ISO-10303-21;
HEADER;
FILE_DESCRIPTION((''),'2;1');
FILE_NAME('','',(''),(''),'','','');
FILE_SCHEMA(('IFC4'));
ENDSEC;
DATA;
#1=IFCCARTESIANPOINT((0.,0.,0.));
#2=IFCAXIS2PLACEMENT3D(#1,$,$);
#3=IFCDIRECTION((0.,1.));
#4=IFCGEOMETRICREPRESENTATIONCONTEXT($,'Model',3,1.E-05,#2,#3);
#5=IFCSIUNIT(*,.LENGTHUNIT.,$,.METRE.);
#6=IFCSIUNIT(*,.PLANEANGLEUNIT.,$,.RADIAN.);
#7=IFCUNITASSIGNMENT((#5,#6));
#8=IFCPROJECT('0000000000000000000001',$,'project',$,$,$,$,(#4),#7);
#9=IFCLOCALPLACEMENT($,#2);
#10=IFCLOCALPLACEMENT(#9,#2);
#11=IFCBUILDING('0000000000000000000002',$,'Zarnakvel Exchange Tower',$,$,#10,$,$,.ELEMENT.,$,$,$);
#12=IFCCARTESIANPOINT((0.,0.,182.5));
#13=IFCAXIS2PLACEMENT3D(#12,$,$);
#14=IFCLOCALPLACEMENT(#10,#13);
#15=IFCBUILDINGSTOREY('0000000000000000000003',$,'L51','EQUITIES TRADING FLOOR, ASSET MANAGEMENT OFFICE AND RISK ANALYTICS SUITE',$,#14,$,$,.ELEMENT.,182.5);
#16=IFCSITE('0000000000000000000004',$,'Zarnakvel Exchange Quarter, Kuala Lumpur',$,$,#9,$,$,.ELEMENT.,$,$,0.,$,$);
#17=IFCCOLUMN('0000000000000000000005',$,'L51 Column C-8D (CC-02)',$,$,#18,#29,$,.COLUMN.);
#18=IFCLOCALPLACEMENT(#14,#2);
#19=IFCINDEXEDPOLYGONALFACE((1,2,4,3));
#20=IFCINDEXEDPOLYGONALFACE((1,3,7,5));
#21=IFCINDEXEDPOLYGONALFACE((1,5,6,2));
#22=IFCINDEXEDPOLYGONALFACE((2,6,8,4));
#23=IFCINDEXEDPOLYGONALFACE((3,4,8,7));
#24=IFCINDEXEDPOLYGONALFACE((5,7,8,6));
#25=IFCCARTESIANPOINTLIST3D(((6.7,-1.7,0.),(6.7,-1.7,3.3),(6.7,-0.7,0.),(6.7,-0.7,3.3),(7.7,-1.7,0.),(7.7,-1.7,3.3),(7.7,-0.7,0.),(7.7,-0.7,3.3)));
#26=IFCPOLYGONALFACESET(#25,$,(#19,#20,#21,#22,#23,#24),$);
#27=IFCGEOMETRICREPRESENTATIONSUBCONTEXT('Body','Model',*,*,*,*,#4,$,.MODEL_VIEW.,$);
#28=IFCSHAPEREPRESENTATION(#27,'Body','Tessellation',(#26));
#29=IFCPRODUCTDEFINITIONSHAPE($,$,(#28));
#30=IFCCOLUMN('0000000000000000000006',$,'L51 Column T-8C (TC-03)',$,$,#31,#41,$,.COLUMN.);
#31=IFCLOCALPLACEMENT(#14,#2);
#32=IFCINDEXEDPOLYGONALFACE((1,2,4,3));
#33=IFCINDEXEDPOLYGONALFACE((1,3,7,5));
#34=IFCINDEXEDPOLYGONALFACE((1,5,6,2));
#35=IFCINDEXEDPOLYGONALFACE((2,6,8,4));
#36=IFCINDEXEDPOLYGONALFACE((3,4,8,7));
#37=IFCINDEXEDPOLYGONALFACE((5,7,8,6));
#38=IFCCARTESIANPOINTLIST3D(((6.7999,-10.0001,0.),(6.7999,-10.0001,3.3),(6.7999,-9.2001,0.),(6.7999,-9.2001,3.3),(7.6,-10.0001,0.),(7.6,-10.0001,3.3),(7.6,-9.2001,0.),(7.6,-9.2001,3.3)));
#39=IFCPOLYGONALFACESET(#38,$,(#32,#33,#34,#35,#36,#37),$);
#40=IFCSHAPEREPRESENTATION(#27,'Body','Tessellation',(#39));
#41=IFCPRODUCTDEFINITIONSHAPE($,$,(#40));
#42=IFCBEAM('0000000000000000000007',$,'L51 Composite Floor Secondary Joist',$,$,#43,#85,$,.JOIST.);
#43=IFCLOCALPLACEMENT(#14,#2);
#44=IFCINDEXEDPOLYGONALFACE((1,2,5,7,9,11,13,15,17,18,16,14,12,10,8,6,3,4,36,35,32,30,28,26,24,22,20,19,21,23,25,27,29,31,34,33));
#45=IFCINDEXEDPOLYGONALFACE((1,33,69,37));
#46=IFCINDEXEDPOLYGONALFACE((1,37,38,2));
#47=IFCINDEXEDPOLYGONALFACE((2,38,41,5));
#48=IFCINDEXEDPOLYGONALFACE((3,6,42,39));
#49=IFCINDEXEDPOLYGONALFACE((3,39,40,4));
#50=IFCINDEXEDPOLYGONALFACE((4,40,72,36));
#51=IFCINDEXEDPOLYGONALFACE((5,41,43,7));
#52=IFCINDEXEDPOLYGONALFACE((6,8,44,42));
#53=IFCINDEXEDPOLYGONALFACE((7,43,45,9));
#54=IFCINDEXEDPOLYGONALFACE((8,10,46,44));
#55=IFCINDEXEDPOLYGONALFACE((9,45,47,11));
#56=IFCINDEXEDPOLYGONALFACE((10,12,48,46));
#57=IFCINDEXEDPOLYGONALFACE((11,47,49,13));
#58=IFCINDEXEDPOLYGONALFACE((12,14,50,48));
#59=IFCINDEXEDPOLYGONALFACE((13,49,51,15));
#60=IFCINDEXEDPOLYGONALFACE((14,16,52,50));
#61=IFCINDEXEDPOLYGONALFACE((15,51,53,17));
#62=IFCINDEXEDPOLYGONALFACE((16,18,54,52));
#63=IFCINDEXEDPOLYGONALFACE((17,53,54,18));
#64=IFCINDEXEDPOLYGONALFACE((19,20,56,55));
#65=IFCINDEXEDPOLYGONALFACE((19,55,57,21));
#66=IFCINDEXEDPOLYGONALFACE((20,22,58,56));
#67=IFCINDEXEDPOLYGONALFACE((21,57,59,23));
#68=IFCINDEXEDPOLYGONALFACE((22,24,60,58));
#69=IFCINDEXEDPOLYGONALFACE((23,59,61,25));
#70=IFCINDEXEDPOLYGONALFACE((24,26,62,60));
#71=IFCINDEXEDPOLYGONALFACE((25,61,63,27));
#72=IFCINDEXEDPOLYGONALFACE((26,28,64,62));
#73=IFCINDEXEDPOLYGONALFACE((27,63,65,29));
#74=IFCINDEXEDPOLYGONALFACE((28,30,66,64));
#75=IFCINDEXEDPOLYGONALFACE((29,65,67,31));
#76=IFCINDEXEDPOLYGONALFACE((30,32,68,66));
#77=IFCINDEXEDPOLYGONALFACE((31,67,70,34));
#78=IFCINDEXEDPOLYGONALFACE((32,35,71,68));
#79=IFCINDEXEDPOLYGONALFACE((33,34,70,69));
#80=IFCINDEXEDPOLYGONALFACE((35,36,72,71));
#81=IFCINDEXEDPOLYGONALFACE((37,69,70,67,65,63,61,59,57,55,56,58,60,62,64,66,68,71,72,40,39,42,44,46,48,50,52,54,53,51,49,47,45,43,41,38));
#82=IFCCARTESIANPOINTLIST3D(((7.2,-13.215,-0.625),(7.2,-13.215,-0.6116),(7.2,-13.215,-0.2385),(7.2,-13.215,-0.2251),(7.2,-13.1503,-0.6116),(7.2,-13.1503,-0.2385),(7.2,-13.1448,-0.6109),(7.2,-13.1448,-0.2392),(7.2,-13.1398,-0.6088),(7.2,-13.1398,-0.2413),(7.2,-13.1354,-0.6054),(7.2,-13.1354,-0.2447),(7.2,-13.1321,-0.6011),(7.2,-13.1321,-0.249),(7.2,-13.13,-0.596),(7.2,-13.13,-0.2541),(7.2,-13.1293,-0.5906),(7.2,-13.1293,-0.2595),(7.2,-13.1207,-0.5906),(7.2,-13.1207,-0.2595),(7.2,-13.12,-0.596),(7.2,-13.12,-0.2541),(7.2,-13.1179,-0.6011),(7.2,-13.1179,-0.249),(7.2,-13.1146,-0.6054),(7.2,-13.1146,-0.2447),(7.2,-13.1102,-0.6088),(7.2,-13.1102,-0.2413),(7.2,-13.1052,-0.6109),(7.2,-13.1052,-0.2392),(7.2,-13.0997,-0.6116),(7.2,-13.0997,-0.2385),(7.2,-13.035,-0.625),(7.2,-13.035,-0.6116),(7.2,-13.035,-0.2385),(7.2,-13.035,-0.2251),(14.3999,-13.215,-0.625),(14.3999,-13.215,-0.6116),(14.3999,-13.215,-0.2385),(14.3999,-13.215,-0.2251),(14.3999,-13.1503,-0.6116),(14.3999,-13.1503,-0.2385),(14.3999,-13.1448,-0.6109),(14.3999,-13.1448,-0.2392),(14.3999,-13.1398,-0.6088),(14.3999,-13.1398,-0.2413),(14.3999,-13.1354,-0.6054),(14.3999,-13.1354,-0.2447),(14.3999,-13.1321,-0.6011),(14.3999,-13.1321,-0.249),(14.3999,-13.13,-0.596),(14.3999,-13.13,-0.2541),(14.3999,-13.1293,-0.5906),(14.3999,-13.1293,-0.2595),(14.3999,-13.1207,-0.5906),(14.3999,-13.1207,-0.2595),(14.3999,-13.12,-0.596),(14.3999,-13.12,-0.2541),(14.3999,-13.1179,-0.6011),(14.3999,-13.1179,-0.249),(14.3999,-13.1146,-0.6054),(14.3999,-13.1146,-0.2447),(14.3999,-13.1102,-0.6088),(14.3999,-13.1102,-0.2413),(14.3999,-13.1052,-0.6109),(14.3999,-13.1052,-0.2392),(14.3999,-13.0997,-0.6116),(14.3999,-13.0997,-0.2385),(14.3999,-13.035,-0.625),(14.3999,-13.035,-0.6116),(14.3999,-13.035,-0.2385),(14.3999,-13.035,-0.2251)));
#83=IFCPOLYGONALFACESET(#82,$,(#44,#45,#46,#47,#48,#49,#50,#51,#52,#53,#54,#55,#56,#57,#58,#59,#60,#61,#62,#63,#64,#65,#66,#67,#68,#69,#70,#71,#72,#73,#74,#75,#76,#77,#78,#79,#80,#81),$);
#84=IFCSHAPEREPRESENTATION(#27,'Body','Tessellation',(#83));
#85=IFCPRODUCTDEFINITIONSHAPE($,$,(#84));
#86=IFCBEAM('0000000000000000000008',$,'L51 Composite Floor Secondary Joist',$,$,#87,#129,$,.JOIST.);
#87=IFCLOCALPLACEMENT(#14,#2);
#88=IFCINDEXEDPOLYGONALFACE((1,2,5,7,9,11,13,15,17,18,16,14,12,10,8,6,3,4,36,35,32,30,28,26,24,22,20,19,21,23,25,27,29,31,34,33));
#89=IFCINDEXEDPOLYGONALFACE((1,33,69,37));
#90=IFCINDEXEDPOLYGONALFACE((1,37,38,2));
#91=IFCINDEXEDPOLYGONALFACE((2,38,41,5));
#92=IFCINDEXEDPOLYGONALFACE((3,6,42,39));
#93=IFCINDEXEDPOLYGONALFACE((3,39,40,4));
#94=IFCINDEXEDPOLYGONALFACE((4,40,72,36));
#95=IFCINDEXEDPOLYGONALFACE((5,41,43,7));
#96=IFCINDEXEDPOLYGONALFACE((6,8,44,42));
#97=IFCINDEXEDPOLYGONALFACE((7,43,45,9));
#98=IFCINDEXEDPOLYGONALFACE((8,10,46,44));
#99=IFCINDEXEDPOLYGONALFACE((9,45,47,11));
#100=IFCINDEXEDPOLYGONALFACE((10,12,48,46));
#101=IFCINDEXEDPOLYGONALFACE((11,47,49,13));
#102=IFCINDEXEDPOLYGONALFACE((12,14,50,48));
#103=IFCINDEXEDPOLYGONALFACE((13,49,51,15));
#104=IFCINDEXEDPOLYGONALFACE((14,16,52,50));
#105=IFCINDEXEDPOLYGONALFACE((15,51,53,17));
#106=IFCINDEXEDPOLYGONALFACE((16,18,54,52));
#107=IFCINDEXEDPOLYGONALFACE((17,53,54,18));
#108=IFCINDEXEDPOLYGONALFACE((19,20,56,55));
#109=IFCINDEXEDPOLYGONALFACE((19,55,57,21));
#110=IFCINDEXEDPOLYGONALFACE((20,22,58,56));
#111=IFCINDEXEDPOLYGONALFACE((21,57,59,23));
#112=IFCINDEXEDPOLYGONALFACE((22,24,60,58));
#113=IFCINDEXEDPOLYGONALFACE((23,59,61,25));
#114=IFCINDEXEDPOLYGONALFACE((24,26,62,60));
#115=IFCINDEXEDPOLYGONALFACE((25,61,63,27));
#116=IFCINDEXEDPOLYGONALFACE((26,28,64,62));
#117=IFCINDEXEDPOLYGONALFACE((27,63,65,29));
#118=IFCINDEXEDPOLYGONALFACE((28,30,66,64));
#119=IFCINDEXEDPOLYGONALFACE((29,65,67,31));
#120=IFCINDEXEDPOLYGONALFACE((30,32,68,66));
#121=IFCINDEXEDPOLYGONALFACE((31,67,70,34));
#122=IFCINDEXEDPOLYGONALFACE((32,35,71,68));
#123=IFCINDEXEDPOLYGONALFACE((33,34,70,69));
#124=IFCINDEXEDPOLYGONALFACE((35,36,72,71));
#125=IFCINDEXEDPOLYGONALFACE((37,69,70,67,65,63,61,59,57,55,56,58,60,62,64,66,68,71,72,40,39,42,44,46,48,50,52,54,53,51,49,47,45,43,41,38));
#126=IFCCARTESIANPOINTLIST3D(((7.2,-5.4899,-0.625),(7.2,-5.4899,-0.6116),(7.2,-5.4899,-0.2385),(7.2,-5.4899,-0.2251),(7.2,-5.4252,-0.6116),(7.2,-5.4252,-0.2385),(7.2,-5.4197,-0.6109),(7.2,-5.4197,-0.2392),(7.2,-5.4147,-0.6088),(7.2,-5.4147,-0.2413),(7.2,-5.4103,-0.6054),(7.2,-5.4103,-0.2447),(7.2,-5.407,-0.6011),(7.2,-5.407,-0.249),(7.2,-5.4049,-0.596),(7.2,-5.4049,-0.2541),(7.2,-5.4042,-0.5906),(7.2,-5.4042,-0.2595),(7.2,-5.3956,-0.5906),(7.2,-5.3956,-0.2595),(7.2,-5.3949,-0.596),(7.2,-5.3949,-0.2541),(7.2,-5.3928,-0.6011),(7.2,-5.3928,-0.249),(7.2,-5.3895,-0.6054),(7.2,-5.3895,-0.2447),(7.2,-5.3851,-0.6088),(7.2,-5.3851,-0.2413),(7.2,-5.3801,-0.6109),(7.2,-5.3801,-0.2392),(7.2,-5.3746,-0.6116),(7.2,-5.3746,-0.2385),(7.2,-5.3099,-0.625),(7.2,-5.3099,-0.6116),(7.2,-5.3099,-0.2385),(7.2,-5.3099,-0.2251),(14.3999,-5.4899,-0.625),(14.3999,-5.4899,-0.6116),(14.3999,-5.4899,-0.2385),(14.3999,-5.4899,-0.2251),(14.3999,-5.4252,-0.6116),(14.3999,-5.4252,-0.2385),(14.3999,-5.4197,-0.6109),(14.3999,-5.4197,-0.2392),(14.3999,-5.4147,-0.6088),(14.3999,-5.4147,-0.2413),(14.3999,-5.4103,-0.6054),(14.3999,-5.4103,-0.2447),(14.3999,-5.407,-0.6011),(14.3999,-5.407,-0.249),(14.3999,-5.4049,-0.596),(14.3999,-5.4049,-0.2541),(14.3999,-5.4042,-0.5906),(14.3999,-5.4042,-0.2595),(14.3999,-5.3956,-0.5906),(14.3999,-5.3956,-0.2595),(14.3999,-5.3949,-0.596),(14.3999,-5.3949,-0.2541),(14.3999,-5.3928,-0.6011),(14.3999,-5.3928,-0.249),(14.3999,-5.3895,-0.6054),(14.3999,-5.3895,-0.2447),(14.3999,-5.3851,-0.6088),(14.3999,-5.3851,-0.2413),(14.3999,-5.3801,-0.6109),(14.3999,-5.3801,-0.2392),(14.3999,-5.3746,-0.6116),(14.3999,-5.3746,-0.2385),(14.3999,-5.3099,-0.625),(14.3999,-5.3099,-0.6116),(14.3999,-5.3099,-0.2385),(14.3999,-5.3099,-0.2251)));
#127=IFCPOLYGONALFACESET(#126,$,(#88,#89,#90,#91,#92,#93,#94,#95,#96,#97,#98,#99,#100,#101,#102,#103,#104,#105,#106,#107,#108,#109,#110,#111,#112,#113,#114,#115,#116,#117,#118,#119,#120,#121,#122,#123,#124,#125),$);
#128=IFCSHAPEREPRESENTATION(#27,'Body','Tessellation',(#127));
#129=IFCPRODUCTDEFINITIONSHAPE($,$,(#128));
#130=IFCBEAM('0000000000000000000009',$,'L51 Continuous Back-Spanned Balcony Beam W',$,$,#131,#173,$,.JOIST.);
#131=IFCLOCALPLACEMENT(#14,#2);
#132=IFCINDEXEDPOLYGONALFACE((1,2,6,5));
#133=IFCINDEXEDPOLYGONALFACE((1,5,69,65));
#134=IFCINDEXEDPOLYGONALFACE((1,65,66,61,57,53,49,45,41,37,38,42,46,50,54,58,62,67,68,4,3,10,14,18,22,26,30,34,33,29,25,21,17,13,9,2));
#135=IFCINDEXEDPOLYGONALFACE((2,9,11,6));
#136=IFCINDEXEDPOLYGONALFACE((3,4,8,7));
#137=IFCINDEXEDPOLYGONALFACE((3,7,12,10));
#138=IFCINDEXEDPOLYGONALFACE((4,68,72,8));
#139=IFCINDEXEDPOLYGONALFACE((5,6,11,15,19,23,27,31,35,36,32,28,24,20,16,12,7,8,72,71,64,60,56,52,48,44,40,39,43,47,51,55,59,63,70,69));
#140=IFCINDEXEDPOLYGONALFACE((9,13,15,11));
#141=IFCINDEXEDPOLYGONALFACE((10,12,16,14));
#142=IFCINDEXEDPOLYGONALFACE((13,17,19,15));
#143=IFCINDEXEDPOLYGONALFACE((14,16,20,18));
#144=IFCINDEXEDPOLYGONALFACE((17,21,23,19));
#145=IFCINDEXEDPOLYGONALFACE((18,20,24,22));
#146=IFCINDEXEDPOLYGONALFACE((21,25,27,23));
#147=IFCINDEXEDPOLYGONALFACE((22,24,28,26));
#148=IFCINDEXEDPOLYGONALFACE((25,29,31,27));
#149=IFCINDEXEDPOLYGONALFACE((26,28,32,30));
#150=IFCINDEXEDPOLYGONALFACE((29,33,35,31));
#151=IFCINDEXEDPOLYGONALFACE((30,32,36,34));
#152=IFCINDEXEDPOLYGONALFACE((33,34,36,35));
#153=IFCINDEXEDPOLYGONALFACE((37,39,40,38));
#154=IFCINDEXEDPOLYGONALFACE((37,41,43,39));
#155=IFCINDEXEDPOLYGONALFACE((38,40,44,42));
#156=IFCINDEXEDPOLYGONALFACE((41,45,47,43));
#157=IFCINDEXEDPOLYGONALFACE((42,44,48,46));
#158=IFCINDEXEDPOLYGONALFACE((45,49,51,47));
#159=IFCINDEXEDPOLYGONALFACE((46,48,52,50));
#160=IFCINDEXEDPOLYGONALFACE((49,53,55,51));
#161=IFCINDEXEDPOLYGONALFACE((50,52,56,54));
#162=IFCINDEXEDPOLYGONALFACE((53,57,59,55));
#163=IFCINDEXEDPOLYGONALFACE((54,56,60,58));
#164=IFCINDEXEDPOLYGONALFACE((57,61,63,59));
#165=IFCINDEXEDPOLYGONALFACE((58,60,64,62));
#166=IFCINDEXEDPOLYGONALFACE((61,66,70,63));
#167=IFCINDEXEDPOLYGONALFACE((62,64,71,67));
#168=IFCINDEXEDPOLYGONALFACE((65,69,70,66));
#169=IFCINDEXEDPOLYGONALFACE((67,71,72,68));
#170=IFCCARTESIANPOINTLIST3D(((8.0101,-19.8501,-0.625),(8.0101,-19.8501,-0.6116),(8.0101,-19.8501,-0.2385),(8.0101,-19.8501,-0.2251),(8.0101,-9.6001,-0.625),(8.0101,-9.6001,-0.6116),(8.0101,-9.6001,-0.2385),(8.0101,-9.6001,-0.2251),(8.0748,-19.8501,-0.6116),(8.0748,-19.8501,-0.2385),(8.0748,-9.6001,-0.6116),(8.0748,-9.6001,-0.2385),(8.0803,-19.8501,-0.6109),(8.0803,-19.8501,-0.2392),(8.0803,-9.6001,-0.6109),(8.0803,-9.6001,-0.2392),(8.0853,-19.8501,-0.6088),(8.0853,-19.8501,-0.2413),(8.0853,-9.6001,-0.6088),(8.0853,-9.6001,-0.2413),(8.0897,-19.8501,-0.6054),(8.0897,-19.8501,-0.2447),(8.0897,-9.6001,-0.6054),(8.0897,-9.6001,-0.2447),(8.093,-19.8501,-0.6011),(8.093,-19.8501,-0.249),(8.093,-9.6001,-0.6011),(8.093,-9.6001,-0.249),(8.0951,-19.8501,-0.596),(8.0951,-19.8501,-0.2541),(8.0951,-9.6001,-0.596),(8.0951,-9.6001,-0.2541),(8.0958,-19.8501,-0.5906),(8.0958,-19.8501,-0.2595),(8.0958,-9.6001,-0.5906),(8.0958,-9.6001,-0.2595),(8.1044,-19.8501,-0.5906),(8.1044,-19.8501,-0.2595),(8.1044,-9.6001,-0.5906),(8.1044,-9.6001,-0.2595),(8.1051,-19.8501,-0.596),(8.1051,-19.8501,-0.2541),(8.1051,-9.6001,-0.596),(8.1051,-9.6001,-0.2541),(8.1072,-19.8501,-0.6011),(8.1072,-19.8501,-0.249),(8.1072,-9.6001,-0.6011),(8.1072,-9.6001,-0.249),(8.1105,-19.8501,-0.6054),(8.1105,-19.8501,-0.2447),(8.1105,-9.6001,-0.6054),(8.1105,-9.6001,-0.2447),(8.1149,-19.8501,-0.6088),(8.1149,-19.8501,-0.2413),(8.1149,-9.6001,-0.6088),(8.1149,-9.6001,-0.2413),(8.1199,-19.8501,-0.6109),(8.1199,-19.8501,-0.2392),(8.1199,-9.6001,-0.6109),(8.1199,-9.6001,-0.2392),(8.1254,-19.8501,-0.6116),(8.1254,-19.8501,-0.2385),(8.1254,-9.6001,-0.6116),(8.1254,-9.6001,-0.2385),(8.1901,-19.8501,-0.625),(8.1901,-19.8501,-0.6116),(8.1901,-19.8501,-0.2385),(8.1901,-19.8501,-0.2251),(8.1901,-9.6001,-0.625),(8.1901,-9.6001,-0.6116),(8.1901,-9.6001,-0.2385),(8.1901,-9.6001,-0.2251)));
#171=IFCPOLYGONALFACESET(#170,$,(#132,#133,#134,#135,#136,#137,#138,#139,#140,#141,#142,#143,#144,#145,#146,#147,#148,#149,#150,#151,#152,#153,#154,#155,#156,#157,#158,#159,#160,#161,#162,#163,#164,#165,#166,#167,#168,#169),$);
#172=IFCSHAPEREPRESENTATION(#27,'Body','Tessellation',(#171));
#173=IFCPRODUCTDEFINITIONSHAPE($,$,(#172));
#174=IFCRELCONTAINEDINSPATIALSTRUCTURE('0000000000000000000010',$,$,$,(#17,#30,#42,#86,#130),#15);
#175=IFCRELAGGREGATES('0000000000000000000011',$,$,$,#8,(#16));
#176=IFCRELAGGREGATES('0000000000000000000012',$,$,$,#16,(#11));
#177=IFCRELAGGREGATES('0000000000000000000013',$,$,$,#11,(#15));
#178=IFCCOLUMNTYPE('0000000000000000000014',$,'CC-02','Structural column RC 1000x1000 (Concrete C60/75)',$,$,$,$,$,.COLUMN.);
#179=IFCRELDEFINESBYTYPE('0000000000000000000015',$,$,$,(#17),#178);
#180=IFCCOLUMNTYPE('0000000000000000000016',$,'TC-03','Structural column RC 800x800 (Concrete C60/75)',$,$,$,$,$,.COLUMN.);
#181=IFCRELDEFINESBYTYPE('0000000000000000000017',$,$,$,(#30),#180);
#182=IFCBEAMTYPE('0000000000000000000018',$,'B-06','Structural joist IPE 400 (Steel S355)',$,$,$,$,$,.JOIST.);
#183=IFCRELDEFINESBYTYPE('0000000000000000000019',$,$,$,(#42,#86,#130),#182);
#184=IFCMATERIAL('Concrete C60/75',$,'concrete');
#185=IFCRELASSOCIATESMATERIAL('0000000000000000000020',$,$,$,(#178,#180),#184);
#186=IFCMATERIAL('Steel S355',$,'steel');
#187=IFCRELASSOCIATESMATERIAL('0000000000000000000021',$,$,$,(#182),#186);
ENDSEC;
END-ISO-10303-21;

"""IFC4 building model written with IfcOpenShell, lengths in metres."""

from ifc_helpers import new_model, si_unit, direction, frame, origin, origin_2d, place, context, subcontext, project, spatial, rectangle, i_section, extrude, material, material_profile, profile_set, type_object, element, save


model = new_model("IFC4")

# Units and contexts
model_context = context("Model", 3, precision=1e-05, world=origin(), true_north=direction((0.0, 1.0)))
body_context = subcontext(model_context, "Body", "Model", "MODEL_VIEW")
ifc_project = project(units=[si_unit("LENGTHUNIT", "METRE"), si_unit("PLANEANGLEUNIT", "RADIAN")], contexts=[model_context])

# Site, building, storey
site_placement = place(None, origin())
site = spatial("IfcSite", under=ifc_project, at=site_placement, Name="Zarnakvel Exchange Quarter, Kuala Lumpur", CompositionType="ELEMENT", RefElevation=0.0)
building_placement = place(site_placement, origin())
building = spatial("IfcBuilding", under=site, at=building_placement, Name="Zarnakvel Exchange Tower", CompositionType="ELEMENT")
storey_placement = place(building_placement, frame((0.0, 0.0, 182.5)))
storey = spatial("IfcBuildingStorey", under=building, at=storey_placement, Name="L51", Description="EQUITIES TRADING FLOOR, ASSET MANAGEMENT OFFICE AND RISK ANALYTICS SUITE", CompositionType="ELEMENT", Elevation=182.5)

# Columns
ifc_material_1 = material(Name="Concrete C60/75", Category="concrete")
ifc_material_profile_1 = material_profile(ifc_material_1, rectangle(XDim=1.0, YDim=1.0, at=origin_2d()))
ifc_profile_set_1 = profile_set([ifc_material_profile_1], Name="Concrete C60/75")
column_type_1 = type_object("IfcColumnType", Name="CC-02", Description="Structural column RC 1000x1000 (Concrete C60/75)", PredefinedType="COLUMN", material=ifc_profile_set_1)
column_1_placement = place(storey_placement, frame((7.2, -1.2, 0.0), z_axis=(0.0, 0.0, 1.0), x_axis=(1.0, 0.0, 0.0)))
element("IfcColumn", 1, at=column_1_placement, inside=storey, type_object=column_type_1, Name="L51 Column C-8D (CC-02)", PredefinedType="COLUMN", context=body_context, shape_type="SweptSolid", body=[
    extrude(rectangle(XDim=1.0, YDim=1.0, at=origin_2d()), origin(), (0.0, 0.0, 1.0), 3.3),
])
ifc_material_profile_2 = material_profile(ifc_material_1, rectangle(XDim=0.8, YDim=0.8, at=origin_2d()))
ifc_profile_set_2 = profile_set([ifc_material_profile_2], Name="Concrete C60/75")
column_type_2 = type_object("IfcColumnType", Name="TC-03", Description="Structural column RC 800x800 (Concrete C60/75)", PredefinedType="COLUMN", material=ifc_profile_set_2)
column_2_placement = place(storey_placement, frame((7.2, -9.6001, 0.0), z_axis=(0.0, 0.0, 1.0), x_axis=(1.0, 0.0, 0.0)))
element("IfcColumn", 2, at=column_2_placement, inside=storey, type_object=column_type_2, Name="L51 Column T-8C (TC-03)", PredefinedType="COLUMN", context=body_context, shape_type="SweptSolid", body=[
    extrude(rectangle(XDim=0.8, YDim=0.8, at=origin_2d()), origin(), (0.0, 0.0, 1.0), 3.3),
])

# Beams
ifc_material_2 = material(Name="Steel S355", Category="steel")
ifc_material_profile_3 = material_profile(ifc_material_2, i_section(OverallWidth=0.1799, OverallDepth=0.3999, WebThickness=0.0085, FlangeThickness=0.0134, FilletRadius=0.021, at=origin_2d()))
ifc_profile_set_3 = profile_set([ifc_material_profile_3], Name="Steel S355")
beam_type_1 = type_object("IfcBeamType", Name="B-06", Description="Structural joist IPE 400 (Steel S355)", PredefinedType="JOIST", material=ifc_profile_set_3)
for number, where, z_axis, x_axis, name in (
    (3, (7.2, -13.125, -0.425), (1.0, 0.0, 0.0), (0.0, 1.0, 0.0), "L51 Composite Floor Secondary Joist"),
    (4, (7.2, -5.3999, -0.425), (1.0, 0.0, 0.0), (0.0, 1.0, 0.0), "L51 Composite Floor Secondary Joist"),
):
    element("IfcBeam", number, at=place(storey_placement, frame(where, z_axis=z_axis, x_axis=x_axis)), inside=storey, type_object=beam_type_1, Name=name, PredefinedType="JOIST", context=body_context, shape_type="SweptSolid", body=[
        extrude(i_section(OverallWidth=0.1799, OverallDepth=0.3999, WebThickness=0.0085, FlangeThickness=0.0134, FilletRadius=0.021, at=origin_2d()), origin(), (0.0, 0.0, 1.0), 7.2),
    ])
for number, where, z_axis, x_axis, name in (
    (5, (8.1001, -9.6001, -0.425), (0.0, -1.0, 0.0), (1.0, 0.0, 0.0), "L51 Continuous Back-Spanned Balcony Beam W"),
):
    element("IfcBeam", number, at=place(storey_placement, frame(where, z_axis=z_axis, x_axis=x_axis)), inside=storey, type_object=beam_type_1, Name=name, PredefinedType="JOIST", context=body_context, shape_type="SweptSolid", body=[
        extrude(i_section(OverallWidth=0.1799, OverallDepth=0.3999, WebThickness=0.0085, FlangeThickness=0.0134, FilletRadius=0.021, at=origin_2d()), origin(), (0.0, 0.0, 1.0), 10.25),
    ])

save(model, "model.ifc")
